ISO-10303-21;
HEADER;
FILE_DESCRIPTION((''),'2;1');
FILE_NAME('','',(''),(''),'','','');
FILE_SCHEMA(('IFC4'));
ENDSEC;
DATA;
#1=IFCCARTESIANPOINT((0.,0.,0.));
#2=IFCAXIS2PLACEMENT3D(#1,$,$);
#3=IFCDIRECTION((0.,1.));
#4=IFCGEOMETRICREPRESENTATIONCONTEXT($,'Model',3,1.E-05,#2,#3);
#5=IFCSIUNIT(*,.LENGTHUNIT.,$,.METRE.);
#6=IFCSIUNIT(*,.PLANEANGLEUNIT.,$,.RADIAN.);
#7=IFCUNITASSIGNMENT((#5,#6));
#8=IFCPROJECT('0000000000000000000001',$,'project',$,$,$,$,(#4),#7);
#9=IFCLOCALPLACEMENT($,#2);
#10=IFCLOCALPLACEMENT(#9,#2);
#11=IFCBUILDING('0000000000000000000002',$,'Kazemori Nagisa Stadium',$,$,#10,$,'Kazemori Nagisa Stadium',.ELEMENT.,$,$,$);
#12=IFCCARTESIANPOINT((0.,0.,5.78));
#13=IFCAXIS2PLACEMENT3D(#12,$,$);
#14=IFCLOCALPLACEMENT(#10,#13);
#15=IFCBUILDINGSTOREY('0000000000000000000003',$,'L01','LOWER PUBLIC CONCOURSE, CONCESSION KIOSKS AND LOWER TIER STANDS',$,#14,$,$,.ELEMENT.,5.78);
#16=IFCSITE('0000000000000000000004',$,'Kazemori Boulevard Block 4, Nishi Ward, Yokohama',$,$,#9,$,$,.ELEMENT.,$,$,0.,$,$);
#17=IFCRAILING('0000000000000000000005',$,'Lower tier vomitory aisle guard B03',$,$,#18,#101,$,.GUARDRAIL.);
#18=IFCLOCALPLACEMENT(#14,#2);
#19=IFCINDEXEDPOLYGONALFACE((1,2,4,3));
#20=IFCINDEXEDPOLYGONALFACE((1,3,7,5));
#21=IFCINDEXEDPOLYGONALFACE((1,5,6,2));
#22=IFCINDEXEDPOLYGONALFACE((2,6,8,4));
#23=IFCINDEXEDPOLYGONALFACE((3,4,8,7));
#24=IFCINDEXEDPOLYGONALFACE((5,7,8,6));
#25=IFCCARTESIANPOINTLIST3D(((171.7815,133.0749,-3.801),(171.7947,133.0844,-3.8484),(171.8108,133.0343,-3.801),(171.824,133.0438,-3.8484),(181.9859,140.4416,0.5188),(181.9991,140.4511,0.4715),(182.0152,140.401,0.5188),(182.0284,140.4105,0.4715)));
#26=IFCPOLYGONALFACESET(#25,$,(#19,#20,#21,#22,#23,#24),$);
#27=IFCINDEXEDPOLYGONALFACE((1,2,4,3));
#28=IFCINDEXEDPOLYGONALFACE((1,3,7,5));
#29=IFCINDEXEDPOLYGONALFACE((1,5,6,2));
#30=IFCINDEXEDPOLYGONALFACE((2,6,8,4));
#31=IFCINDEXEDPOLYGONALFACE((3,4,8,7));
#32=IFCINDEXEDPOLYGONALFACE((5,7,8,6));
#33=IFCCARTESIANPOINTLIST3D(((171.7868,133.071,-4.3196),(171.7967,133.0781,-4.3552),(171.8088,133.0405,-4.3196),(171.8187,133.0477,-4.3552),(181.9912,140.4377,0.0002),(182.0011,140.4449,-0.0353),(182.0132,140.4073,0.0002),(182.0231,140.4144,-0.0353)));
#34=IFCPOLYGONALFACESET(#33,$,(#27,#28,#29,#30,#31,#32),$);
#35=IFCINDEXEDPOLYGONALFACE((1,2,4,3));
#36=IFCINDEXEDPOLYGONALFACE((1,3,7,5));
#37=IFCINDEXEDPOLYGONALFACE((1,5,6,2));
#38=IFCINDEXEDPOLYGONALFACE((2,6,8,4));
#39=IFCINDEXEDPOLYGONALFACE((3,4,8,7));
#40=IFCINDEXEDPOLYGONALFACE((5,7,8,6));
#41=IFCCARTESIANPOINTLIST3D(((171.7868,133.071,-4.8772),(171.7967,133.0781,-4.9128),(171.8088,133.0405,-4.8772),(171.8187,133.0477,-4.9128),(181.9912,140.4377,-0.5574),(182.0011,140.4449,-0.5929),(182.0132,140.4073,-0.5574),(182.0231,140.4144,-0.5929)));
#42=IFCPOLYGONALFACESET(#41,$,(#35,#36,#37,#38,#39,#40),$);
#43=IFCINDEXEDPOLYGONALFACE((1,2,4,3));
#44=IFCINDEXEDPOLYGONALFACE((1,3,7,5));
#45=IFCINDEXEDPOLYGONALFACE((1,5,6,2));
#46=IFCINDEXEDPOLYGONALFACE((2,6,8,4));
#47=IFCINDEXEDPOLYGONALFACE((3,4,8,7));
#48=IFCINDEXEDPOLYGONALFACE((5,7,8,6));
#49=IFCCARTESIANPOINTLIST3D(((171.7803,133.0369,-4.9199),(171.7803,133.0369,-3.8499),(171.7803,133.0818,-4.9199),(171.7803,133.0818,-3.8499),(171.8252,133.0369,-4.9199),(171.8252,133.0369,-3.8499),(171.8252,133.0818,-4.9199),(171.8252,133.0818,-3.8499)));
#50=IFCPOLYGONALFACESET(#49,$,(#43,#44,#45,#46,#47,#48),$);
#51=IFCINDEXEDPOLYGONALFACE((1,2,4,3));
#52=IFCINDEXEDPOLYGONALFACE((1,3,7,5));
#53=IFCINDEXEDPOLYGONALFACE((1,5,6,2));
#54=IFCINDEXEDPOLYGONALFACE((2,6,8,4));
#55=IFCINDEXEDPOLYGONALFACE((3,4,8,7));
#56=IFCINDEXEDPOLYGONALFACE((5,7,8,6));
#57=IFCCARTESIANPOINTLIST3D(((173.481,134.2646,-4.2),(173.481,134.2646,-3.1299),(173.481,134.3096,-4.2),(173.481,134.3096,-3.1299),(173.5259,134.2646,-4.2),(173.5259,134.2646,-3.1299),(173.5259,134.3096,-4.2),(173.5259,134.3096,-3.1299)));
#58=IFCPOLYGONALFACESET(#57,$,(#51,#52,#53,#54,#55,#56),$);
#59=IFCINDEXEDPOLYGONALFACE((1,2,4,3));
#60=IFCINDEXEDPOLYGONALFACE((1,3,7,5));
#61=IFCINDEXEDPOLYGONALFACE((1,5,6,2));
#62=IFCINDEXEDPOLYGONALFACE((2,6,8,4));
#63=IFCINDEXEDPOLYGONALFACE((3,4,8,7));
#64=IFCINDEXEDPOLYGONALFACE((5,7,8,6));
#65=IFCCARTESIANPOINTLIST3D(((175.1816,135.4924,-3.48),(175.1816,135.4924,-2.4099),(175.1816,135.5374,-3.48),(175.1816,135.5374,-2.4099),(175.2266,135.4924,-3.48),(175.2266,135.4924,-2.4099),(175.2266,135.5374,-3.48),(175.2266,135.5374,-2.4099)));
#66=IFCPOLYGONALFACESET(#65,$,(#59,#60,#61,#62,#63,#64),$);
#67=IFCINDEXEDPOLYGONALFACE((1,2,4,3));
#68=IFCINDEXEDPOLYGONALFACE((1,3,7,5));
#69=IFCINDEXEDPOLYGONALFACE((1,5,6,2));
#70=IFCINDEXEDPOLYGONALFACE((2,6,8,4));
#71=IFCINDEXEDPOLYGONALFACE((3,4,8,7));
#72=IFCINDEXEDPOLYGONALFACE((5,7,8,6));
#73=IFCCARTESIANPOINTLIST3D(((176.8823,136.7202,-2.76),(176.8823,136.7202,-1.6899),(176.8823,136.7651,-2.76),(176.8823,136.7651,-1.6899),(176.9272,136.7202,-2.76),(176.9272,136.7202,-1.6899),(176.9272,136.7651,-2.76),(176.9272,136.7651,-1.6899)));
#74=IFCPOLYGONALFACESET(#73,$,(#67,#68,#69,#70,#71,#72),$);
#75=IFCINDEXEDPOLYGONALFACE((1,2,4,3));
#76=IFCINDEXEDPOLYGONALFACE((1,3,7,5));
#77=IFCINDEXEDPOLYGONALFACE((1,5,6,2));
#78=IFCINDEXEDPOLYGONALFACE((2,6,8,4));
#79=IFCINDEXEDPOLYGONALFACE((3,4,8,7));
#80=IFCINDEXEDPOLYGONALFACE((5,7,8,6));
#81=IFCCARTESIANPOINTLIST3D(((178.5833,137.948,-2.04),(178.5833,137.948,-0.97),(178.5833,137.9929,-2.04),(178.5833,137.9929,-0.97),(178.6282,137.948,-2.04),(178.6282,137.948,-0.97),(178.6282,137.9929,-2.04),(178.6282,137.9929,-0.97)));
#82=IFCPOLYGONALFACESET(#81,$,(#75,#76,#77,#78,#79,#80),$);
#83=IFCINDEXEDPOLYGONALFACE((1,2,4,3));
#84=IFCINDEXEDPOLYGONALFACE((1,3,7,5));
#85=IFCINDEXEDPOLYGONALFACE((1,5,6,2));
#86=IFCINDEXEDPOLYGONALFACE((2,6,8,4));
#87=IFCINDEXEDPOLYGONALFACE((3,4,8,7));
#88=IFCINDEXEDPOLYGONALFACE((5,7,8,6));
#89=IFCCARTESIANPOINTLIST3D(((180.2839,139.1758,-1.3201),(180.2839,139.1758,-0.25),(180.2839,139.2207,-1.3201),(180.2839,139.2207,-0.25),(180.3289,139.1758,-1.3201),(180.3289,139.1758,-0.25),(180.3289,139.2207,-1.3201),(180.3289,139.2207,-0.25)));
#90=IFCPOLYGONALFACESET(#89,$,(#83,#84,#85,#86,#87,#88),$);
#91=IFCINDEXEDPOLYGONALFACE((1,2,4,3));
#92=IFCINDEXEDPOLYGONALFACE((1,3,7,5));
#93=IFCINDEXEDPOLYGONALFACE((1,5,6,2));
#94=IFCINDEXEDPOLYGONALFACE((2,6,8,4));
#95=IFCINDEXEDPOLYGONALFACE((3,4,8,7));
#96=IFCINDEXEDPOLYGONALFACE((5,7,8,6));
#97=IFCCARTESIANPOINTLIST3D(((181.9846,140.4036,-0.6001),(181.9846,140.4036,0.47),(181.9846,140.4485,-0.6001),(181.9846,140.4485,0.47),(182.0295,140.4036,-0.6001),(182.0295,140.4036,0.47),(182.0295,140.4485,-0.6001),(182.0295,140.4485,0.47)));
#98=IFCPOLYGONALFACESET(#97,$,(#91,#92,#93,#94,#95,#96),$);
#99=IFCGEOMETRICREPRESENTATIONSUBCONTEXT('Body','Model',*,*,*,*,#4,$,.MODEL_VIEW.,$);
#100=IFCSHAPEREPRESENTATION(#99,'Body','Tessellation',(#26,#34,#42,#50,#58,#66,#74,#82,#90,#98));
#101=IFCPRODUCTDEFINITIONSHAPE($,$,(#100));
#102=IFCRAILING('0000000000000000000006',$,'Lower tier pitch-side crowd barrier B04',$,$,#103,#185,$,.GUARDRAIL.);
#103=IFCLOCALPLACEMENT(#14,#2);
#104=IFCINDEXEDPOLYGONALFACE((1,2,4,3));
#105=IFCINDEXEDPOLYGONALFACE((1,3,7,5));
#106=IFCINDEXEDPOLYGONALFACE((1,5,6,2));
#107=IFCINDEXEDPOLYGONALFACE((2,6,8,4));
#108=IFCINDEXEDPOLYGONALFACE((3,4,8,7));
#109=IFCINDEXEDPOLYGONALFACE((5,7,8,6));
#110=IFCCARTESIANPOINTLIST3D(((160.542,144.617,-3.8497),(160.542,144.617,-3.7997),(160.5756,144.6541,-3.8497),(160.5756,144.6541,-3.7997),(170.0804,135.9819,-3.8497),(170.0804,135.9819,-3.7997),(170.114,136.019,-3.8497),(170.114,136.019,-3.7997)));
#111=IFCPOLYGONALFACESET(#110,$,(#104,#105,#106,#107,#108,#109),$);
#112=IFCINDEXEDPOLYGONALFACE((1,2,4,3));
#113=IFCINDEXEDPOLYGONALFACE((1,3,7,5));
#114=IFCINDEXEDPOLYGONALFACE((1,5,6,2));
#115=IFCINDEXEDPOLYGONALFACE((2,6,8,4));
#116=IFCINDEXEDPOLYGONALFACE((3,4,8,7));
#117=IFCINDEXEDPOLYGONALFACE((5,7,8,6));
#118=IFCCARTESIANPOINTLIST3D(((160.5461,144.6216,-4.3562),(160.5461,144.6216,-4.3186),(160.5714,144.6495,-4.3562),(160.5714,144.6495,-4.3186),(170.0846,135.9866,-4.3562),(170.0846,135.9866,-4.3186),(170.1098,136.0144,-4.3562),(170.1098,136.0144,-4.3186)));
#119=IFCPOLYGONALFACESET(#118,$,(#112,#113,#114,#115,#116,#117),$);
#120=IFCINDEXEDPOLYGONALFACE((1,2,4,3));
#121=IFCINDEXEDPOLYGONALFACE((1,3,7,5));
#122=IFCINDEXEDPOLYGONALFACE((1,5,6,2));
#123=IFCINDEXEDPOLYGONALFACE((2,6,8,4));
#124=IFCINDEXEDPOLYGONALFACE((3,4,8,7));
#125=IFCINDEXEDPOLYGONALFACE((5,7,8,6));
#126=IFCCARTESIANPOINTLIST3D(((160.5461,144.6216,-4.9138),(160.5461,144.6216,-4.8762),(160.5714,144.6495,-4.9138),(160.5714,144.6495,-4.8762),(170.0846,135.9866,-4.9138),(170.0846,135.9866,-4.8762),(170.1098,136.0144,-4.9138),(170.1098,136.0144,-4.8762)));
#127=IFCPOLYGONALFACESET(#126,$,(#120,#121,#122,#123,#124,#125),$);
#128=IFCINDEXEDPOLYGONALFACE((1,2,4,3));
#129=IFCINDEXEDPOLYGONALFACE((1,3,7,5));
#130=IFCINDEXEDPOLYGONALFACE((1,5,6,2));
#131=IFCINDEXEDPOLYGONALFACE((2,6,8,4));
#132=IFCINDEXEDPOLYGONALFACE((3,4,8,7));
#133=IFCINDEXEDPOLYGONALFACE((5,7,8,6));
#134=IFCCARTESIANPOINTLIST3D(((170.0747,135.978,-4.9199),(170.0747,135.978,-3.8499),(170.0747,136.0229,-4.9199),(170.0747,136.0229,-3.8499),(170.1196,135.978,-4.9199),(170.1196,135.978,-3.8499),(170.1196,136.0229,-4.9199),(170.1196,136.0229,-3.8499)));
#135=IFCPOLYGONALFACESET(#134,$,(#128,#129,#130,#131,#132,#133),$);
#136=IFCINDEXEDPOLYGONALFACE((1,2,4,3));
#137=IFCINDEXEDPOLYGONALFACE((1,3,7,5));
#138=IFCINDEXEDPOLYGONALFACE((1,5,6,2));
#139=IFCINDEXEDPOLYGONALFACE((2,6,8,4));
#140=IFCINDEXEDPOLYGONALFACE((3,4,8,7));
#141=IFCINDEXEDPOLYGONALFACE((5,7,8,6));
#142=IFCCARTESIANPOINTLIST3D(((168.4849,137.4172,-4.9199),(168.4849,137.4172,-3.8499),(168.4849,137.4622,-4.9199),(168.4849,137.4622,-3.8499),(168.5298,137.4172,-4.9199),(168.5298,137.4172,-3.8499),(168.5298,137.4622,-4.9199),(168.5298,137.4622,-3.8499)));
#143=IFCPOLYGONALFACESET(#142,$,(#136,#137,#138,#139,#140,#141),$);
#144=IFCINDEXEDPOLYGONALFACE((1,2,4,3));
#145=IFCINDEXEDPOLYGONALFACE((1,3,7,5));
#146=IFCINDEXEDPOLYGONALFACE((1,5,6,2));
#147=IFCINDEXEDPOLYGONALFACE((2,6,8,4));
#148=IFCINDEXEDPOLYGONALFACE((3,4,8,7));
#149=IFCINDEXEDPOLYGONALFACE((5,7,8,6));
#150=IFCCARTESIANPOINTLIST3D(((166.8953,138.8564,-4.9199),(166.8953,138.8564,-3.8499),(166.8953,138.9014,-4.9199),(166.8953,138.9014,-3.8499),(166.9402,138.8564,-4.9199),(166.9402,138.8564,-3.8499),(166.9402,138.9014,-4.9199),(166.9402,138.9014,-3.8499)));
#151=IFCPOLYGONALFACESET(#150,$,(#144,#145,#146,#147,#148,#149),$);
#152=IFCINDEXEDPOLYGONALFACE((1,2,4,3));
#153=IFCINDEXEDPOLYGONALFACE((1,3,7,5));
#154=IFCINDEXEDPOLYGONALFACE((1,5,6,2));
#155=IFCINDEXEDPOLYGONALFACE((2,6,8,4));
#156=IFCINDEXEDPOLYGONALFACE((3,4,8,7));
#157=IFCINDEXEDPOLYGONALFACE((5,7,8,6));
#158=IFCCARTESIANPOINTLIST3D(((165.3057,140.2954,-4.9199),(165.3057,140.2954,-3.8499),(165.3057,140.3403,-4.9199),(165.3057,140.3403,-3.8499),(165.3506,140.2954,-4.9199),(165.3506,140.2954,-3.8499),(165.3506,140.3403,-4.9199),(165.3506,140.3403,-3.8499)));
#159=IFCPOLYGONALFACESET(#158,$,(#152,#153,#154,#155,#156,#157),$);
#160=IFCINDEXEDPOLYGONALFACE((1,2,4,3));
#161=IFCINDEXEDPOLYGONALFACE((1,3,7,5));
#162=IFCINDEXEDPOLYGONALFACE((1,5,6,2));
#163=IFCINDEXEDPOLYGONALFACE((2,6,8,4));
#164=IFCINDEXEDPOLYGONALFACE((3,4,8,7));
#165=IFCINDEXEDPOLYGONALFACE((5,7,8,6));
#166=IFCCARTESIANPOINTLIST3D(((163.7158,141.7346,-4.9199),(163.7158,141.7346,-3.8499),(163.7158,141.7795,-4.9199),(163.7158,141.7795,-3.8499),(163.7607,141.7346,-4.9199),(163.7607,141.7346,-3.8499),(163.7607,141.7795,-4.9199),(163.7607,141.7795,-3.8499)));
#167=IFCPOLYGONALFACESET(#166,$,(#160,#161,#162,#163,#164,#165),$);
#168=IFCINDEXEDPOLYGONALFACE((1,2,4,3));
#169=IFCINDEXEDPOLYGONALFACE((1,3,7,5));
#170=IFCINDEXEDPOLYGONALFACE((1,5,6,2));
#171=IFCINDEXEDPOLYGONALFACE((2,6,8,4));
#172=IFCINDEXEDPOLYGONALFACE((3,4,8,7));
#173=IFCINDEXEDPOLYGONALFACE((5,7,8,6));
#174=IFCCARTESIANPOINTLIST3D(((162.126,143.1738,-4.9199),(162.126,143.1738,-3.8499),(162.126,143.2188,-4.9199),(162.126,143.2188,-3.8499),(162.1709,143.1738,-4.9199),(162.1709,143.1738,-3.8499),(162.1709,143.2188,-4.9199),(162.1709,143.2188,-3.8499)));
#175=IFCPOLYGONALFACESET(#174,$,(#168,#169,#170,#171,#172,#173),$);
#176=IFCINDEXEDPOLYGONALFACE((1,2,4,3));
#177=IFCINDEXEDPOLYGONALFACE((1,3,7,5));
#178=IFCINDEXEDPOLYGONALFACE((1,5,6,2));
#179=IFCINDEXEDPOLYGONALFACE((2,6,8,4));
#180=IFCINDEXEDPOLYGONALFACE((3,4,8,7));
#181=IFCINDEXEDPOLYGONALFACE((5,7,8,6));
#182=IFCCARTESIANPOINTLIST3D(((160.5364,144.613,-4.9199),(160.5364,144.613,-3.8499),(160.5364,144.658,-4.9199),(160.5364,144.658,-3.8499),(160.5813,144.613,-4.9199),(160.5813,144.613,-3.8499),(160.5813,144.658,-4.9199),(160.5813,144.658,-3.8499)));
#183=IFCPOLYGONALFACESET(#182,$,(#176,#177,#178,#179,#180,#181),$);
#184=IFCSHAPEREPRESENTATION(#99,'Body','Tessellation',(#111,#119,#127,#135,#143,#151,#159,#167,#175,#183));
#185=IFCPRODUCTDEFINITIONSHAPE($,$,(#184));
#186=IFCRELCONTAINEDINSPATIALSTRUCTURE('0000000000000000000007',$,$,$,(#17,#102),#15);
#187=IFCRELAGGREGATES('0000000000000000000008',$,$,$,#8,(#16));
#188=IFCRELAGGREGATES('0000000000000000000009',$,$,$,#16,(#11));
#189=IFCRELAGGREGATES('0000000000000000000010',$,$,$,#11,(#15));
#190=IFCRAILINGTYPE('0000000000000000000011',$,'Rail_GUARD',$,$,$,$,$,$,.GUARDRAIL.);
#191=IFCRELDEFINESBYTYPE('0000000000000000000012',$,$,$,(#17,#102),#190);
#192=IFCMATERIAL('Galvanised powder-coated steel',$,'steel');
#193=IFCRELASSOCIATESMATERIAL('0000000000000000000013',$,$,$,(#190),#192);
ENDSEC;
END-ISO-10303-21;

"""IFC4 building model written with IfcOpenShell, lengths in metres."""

from ifc_helpers import new_model, si_unit, direction, frame, origin, origin_2d, place, context, subcontext, project, spatial, rectangle, extrude, material, type_object, element, save


model = new_model("IFC4")

# Units and contexts
model_context = context("Model", 3, precision=1e-05, world=origin(), true_north=direction((0.0, 1.0)))
body_context = subcontext(model_context, "Body", "Model", "MODEL_VIEW")
ifc_project = project(units=[si_unit("LENGTHUNIT", "METRE"), si_unit("PLANEANGLEUNIT", "RADIAN")], contexts=[model_context])

# Site, building, storey
site_placement = place(None, origin())
site = spatial("IfcSite", under=ifc_project, at=site_placement, Name="Kazemori Boulevard Block 4, Nishi Ward, Yokohama", CompositionType="ELEMENT", RefElevation=0.0)
building_placement = place(site_placement, origin())
building = spatial("IfcBuilding", under=site, at=building_placement, Name="Kazemori Nagisa Stadium", LongName="Kazemori Nagisa Stadium", CompositionType="ELEMENT")
storey_placement = place(building_placement, frame((0.0, 0.0, 5.78)))
storey = spatial("IfcBuildingStorey", under=building, at=storey_placement, Name="L01", Description="LOWER PUBLIC CONCOURSE, CONCESSION KIOSKS AND LOWER TIER STANDS", CompositionType="ELEMENT", Elevation=5.78)

# Railings
ifc_material_1 = material(Name="Galvanised powder-coated steel", Category="steel")
railing_type_1 = type_object("IfcRailingType", Name="Rail_GUARD", PredefinedType="GUARDRAIL", material=ifc_material_1)
railing_1_placement = place(storey_placement, frame((171.8027, 133.0593, -4.9199)))
element("IfcRailing", 1, at=railing_1_placement, inside=storey, type_object=railing_type_1, Name="Lower tier vomitory aisle guard B03", PredefinedType="GUARDRAIL", context=body_context, shape_type="SweptSolid", body=[
    extrude(rectangle(XDim=0.05, YDim=0.05, at=origin_2d()), frame((0.0, 0.0, 1.0952), z_axis=(0.76688, 0.553625, 0.324645), x_axis=(-0.585328, 0.810796, 0.0)), (0.0, 0.0, 1.0), 13.3064),
    extrude(rectangle(XDim=0.0376, YDim=0.0376, at=origin_2d()), frame((0.0, 0.0, 0.5825), z_axis=(0.76688, 0.553625, 0.324645), x_axis=(-0.585328, 0.810796, 0.0)), (0.0, 0.0, 1.0), 13.3064),
    extrude(rectangle(XDim=0.0376, YDim=0.0376, at=origin_2d()), frame((0.0, 0.0, 0.0249), z_axis=(0.76688, 0.553625, 0.324645), x_axis=(-0.585328, 0.810796, 0.0)), (0.0, 0.0, 1.0), 13.3064),
    extrude(rectangle(XDim=0.0449, YDim=0.0449, at=origin_2d()), origin(), (0.0, 0.0, 1.0), 1.0701),
    extrude(rectangle(XDim=0.0449, YDim=0.0449, at=origin_2d()), frame((1.7007, 1.2278, 0.72)), (0.0, 0.0, 1.0), 1.0701),
    extrude(rectangle(XDim=0.0449, YDim=0.0449, at=origin_2d()), frame((3.4014, 2.4556, 1.4399)), (0.0, 0.0, 1.0), 1.0701),
    extrude(rectangle(XDim=0.0449, YDim=0.0449, at=origin_2d()), frame((5.1021, 3.6833, 2.1599)), (0.0, 0.0, 1.0), 1.0701),
    extrude(rectangle(XDim=0.0449, YDim=0.0449, at=origin_2d()), frame((6.803, 4.9111, 2.8799)), (0.0, 0.0, 1.0), 1.0701),
    extrude(rectangle(XDim=0.0449, YDim=0.0449, at=origin_2d()), frame((8.5037, 6.1389, 3.5999)), (0.0, 0.0, 1.0), 1.0701),
    extrude(rectangle(XDim=0.0449, YDim=0.0449, at=origin_2d()), frame((10.2043, 7.3667, 4.3198)), (0.0, 0.0, 1.0), 1.0701),
])
railing_2_placement = place(storey_placement, frame((170.0972, 136.0005, -4.9199)))
element("IfcRailing", 2, at=railing_2_placement, inside=storey, type_object=railing_type_1, Name="Lower tier pitch-side crowd barrier B04", PredefinedType="GUARDRAIL", context=body_context, shape_type="SweptSolid", body=[
    extrude(rectangle(XDim=0.05, YDim=0.05, at=origin_2d()), frame((0.0, 0.0, 1.0952), z_axis=(-0.741339, 0.671131, 0.0), x_axis=(-0.671131, -0.741339, 0.0)), (0.0, 0.0, 1.0), 12.8665),
    extrude(rectangle(XDim=0.0376, YDim=0.0376, at=origin_2d()), frame((0.0, 0.0, 0.5825), z_axis=(-0.741339, 0.671131, 0.0), x_axis=(-0.671131, -0.741339, 0.0)), (0.0, 0.0, 1.0), 12.8665),
    extrude(rectangle(XDim=0.0376, YDim=0.0376, at=origin_2d()), frame((0.0, 0.0, 0.0249), z_axis=(-0.741339, 0.671131, 0.0), x_axis=(-0.671131, -0.741339, 0.0)), (0.0, 0.0, 1.0), 12.8665),
    extrude(rectangle(XDim=0.0449, YDim=0.0449, at=origin_2d()), origin(), (0.0, 0.0, 1.0), 1.0701),
    extrude(rectangle(XDim=0.0449, YDim=0.0449, at=origin_2d()), frame((-1.5898, 1.4392, 0.0)), (0.0, 0.0, 1.0), 1.0701),
    extrude(rectangle(XDim=0.0449, YDim=0.0449, at=origin_2d()), frame((-3.1794, 2.8784, 0.0)), (0.0, 0.0, 1.0), 1.0701),
    extrude(rectangle(XDim=0.0449, YDim=0.0449, at=origin_2d()), frame((-4.769, 4.3174, 0.0)), (0.0, 0.0, 1.0), 1.0701),
    extrude(rectangle(XDim=0.0449, YDim=0.0449, at=origin_2d()), frame((-6.3589, 5.7566, 0.0)), (0.0, 0.0, 1.0), 1.0701),
    extrude(rectangle(XDim=0.0449, YDim=0.0449, at=origin_2d()), frame((-7.9487, 7.1958, 0.0)), (0.0, 0.0, 1.0), 1.0701),
    extrude(rectangle(XDim=0.0449, YDim=0.0449, at=origin_2d()), frame((-9.5383, 8.635, 0.0)), (0.0, 0.0, 1.0), 1.0701),
])

save(model, "model.ifc")
